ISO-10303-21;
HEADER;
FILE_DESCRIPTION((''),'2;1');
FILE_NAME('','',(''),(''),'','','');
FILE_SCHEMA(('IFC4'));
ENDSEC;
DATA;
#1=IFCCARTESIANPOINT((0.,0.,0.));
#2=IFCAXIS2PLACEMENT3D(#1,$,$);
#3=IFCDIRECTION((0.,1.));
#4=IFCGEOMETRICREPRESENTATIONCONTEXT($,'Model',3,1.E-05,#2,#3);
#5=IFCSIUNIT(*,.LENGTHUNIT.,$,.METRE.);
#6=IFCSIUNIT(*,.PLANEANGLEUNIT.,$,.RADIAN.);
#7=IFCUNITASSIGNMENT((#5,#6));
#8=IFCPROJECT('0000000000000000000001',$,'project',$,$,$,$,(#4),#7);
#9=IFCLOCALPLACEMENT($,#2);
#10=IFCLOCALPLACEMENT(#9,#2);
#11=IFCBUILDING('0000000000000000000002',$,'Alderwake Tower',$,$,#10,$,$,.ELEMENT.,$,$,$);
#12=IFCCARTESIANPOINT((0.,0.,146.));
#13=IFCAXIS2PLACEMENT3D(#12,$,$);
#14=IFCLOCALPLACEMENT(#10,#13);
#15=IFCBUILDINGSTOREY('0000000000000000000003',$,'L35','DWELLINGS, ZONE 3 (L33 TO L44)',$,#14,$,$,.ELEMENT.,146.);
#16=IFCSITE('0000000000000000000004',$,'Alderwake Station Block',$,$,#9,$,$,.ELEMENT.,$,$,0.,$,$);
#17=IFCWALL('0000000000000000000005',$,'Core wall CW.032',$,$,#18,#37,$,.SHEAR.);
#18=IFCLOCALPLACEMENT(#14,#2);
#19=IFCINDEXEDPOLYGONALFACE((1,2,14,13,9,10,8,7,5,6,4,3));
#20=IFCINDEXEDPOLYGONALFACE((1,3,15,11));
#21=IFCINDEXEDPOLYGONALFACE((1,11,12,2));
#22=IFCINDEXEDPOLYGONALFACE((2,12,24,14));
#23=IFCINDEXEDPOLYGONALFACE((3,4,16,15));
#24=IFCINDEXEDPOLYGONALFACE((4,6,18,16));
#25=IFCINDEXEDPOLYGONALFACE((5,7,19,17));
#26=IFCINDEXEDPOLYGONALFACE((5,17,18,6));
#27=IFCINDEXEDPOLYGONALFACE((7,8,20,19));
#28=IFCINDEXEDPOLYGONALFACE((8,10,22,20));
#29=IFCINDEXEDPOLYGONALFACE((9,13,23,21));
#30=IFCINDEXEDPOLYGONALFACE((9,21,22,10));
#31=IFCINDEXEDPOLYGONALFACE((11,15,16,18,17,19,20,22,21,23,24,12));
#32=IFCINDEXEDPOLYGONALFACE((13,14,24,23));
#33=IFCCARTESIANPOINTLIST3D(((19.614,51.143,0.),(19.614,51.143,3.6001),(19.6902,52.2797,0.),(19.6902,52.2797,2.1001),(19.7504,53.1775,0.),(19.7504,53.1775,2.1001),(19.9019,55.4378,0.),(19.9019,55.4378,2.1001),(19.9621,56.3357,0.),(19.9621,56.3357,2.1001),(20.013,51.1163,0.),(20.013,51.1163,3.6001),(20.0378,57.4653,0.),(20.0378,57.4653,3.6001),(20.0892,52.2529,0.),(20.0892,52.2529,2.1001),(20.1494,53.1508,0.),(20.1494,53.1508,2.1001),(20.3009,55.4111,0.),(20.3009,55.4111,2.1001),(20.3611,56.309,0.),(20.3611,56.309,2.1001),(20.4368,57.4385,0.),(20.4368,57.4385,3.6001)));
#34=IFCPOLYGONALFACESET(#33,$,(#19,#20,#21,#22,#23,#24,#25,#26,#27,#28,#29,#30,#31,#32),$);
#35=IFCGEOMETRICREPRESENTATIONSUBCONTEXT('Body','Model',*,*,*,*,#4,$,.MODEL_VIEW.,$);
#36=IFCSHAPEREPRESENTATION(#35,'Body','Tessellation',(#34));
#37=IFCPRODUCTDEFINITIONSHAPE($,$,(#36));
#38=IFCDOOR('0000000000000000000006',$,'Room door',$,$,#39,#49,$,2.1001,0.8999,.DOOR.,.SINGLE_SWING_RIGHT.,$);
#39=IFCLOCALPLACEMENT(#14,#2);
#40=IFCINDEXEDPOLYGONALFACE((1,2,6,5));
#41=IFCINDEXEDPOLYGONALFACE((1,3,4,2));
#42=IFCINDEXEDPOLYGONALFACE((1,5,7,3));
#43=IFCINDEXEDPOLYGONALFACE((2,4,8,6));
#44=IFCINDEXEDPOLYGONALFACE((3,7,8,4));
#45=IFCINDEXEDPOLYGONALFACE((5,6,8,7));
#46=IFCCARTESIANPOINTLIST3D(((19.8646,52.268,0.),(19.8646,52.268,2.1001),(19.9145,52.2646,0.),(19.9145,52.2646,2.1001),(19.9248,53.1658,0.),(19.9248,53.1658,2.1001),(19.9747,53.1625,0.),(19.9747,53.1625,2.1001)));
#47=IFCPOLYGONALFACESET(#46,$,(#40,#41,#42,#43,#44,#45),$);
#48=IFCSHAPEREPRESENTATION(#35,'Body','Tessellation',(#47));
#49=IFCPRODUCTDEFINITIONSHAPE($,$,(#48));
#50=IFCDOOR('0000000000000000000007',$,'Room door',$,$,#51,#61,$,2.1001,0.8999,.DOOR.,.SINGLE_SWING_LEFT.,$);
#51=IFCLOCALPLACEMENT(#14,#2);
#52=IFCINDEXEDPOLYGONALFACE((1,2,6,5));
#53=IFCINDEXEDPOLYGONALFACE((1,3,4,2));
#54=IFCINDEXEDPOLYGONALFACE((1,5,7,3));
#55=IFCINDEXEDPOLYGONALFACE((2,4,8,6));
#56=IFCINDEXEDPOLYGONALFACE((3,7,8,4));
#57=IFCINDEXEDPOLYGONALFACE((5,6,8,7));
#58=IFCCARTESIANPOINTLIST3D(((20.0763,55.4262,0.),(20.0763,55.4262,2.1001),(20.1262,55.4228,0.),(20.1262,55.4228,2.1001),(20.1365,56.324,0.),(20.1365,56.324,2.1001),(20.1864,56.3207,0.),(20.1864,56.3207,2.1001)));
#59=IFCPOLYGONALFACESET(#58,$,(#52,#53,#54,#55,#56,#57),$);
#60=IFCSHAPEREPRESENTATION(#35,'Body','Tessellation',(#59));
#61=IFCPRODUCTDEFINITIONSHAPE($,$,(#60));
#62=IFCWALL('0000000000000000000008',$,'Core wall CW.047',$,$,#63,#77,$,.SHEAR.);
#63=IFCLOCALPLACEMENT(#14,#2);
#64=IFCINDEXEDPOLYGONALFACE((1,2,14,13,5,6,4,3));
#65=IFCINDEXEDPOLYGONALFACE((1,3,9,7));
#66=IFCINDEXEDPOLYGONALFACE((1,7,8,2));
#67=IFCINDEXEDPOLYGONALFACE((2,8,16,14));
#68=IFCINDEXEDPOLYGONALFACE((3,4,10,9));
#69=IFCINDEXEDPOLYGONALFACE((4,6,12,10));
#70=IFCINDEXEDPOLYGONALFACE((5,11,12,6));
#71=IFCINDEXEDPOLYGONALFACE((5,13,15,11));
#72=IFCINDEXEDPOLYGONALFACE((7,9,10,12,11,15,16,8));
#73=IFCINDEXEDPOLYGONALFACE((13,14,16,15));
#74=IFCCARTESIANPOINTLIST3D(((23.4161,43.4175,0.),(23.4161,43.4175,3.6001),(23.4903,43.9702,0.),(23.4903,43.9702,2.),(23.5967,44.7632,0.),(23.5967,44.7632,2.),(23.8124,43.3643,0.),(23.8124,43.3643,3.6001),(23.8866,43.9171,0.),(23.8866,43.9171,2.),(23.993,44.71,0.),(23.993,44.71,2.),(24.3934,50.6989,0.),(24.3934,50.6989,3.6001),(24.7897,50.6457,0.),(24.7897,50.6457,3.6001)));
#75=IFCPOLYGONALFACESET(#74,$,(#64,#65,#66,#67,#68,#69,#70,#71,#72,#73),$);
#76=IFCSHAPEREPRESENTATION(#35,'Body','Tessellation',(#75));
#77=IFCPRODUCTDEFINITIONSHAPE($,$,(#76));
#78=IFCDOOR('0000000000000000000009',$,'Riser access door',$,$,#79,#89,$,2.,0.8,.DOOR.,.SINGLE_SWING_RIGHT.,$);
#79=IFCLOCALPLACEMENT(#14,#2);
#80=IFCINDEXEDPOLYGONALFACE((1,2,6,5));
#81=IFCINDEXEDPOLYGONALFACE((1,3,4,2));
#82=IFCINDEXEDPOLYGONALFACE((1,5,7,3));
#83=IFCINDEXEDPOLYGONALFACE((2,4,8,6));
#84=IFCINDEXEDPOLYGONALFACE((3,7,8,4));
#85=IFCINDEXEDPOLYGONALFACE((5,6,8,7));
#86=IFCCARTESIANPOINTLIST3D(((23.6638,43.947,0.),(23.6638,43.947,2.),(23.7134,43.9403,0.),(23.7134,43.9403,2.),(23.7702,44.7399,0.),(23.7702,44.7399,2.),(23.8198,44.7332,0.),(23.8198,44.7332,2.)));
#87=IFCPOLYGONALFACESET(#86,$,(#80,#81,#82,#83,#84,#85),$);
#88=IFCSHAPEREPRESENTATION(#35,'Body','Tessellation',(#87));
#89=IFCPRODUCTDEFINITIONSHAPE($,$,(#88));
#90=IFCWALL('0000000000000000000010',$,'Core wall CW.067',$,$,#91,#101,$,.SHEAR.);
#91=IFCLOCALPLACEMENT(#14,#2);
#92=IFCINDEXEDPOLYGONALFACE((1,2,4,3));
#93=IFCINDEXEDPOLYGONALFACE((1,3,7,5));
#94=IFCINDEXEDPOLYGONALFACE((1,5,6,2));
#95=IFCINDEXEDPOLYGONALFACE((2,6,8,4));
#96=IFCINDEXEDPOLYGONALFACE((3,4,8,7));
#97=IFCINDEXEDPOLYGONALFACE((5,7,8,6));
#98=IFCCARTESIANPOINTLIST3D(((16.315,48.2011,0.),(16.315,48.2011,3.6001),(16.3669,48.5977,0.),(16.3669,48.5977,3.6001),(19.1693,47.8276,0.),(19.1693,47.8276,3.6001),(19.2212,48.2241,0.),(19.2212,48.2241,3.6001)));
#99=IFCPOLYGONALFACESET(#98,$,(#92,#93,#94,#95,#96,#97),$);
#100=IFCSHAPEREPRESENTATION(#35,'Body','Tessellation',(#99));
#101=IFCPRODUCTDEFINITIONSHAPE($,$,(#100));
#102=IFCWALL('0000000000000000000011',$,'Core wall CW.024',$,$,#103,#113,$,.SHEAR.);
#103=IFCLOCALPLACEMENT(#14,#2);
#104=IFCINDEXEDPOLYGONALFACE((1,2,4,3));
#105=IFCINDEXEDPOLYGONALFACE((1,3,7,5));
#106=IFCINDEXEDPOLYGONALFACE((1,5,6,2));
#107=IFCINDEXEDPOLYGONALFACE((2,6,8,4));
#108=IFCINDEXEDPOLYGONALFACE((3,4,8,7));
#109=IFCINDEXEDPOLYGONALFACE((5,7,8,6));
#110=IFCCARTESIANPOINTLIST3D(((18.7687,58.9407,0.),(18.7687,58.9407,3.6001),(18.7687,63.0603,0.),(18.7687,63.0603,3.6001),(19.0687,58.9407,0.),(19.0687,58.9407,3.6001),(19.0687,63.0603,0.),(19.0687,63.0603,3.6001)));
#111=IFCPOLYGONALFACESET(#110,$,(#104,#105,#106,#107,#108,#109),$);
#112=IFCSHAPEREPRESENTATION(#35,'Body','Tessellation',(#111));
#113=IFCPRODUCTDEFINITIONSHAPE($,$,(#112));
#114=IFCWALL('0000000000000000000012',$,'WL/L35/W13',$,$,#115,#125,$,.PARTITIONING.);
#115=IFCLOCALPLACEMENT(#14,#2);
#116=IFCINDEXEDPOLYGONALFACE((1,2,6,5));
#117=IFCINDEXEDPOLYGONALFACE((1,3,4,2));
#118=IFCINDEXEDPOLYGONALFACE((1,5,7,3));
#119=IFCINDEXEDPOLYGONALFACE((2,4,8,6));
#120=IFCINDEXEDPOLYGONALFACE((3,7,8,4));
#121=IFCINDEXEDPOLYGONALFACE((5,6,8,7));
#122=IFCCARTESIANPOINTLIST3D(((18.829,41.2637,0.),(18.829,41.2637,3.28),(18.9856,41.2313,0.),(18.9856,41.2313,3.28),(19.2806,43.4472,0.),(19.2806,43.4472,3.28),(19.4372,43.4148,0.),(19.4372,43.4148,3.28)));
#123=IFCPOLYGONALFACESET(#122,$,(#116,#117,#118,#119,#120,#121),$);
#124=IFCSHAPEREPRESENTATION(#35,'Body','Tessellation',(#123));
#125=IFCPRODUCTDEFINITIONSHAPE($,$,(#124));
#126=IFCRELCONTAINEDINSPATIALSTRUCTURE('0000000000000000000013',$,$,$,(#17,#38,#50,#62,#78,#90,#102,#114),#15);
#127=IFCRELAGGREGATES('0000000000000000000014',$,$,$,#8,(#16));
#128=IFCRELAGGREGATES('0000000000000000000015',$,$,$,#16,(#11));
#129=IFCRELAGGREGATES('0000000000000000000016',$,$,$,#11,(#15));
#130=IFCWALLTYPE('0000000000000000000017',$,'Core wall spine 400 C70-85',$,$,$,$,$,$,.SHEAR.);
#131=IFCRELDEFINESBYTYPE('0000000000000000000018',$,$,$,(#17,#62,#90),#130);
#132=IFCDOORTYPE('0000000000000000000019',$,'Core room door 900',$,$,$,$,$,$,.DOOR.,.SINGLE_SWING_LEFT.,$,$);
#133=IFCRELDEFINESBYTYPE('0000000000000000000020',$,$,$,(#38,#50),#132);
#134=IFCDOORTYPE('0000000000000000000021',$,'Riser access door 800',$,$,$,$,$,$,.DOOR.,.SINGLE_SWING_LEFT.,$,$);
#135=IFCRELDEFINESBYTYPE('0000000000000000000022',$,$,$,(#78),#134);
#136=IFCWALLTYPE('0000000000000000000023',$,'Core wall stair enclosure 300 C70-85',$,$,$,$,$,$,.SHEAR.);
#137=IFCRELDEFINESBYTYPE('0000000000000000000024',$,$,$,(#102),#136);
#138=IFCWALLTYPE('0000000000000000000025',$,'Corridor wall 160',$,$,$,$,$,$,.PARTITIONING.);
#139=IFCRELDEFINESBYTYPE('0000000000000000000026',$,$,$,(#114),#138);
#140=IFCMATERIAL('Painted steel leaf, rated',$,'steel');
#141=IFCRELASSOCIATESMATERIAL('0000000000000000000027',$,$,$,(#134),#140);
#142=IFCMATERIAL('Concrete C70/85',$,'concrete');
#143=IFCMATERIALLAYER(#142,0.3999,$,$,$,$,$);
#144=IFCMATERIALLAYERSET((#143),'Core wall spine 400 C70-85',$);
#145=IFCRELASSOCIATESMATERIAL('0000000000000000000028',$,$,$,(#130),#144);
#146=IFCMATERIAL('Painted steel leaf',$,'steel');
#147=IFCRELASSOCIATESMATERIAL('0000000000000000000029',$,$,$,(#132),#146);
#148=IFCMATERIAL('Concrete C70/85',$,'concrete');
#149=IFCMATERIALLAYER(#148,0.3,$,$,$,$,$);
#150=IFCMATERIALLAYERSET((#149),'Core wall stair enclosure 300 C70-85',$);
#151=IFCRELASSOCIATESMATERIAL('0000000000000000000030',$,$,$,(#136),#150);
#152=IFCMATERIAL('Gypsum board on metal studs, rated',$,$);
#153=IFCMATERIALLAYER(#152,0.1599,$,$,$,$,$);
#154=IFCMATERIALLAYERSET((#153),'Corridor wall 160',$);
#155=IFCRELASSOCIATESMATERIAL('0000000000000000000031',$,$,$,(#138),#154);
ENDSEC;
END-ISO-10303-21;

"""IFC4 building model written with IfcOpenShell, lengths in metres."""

from ifc_helpers import new_model, si_unit, direction, frame, frame_2d, origin, place, context, subcontext, project, spatial, rectangle, extrude, material, layer, layer_set, type_object, element, fill, save


model = new_model("IFC4")

# Units and contexts
model_context = context("Model", 3, precision=1e-05, world=origin(), true_north=direction((0.0, 1.0)))
body_context = subcontext(model_context, "Body", "Model", "MODEL_VIEW")
ifc_project = project(units=[si_unit("LENGTHUNIT", "METRE"), si_unit("PLANEANGLEUNIT", "RADIAN")], contexts=[model_context])

# Site, building, storey
site_placement = place(None, origin())
site = spatial("IfcSite", under=ifc_project, at=site_placement, Name="Alderwake Station Block", CompositionType="ELEMENT", RefElevation=0.0)
building_placement = place(site_placement, origin())
building = spatial("IfcBuilding", under=site, at=building_placement, Name="Alderwake Tower", CompositionType="ELEMENT")
storey_placement = place(building_placement, frame((0.0, 0.0, 146.0)))
storey = spatial("IfcBuildingStorey", under=building, at=storey_placement, Name="L35", Description="DWELLINGS, ZONE 3 (L33 TO L44)", CompositionType="ELEMENT", Elevation=146.0)

# Shared definitions
ifc_material_1 = material(Name="Painted steel leaf, rated", Category="steel")
door_type_1 = type_object("IfcDoorType", Name="Riser access door 800", OperationType="SINGLE_SWING_LEFT", PredefinedType="DOOR", material=ifc_material_1)

# Shared definitions
ifc_material_2 = material(Name="Concrete C70/85", Category="concrete")
ifc_layer_1 = layer(ifc_material_2, 0.3999)
ifc_layer_set_1 = layer_set([ifc_layer_1], Name="Core wall spine 400 C70-85")
wall_type_1 = type_object("IfcWallType", Name="Core wall spine 400 C70-85", PredefinedType="SHEAR", material=ifc_layer_set_1)

# Wall, openings, doors
wall_1_placement = place(storey_placement, frame((20.2373, 57.4519, 0.0), z_axis=(0.0, 0.0, 1.0), x_axis=(-0.066887, -0.997761, 0.0)))
wall_1 = element("IfcWall", 1, at=wall_1_placement, inside=storey, type_object=wall_type_1, Name="Core wall CW.032", PredefinedType="SHEAR", context=body_context, shape_type="SweptSolid", body=[
    extrude(rectangle(XDim=6.3364, YDim=0.3999, at=frame_2d((3.1682, 0.0))), origin(), (0.0, 0.0, 1.0), 3.6001),
])
opening_1_placement = place(wall_1_placement, frame((4.2974, 0.0, 0.0)))
opening_1 = element("IfcOpeningElement", 2, at=opening_1_placement, cuts=wall_1, PredefinedType="OPENING", context=body_context, shape_type="SweptSolid", body=[
    extrude(rectangle(XDim=0.8999, YDim=2.1001, at=frame_2d((0.45, 1.05))), frame((0.0, 0.21, 0.0), z_axis=(0.0, -1.0, 0.0), x_axis=(1.0, 0.0, 0.0)), (0.0, 0.0, 1.0), 0.4199),
])
opening_2_placement = place(wall_1_placement, frame((1.1321, 0.0, 0.0)))
opening_2 = element("IfcOpeningElement", 3, at=opening_2_placement, cuts=wall_1, PredefinedType="OPENING", context=body_context, shape_type="SweptSolid", body=[
    extrude(rectangle(XDim=0.8999, YDim=2.1001, at=frame_2d((0.45, 1.05))), frame((0.0, 0.21, 0.0), z_axis=(0.0, -1.0, 0.0), x_axis=(1.0, 0.0, 0.0)), (0.0, 0.0, 1.0), 0.4199),
])
ifc_material_3 = material(Name="Painted steel leaf", Category="steel")
door_type_2 = type_object("IfcDoorType", Name="Core room door 900", OperationType="SINGLE_SWING_LEFT", PredefinedType="DOOR", material=ifc_material_3)
door_1_placement = place(opening_1_placement, origin())
door_1 = element("IfcDoor", 4, at=door_1_placement, inside=storey, type_object=door_type_2, Name="Room door", OperationType="SINGLE_SWING_RIGHT", OverallHeight=2.1001, OverallWidth=0.8999, PredefinedType="DOOR", context=body_context, shape_type="SweptSolid", body=[
    extrude(rectangle(XDim=0.8999, YDim=2.1001, at=frame_2d((0.45, 1.05))), frame((0.0, 0.0249, 0.0), z_axis=(0.0, -1.0, 0.0), x_axis=(1.0, 0.0, 0.0)), (0.0, 0.0, 1.0), 0.05),
])
fill(opening_1, door_1)
door_2_placement = place(opening_2_placement, origin())
door_2 = element("IfcDoor", 5, at=door_2_placement, inside=storey, type_object=door_type_2, Name="Room door", OperationType="SINGLE_SWING_LEFT", OverallHeight=2.1001, OverallWidth=0.8999, PredefinedType="DOOR", context=body_context, shape_type="SweptSolid", body=[
    extrude(rectangle(XDim=0.8999, YDim=2.1001, at=frame_2d((0.45, 1.05))), frame((0.0, 0.0249, 0.0), z_axis=(0.0, -1.0, 0.0), x_axis=(1.0, 0.0, 0.0)), (0.0, 0.0, 1.0), 0.05),
])
fill(opening_2, door_2)

# Wall, opening, door
wall_2_placement = place(storey_placement, frame((23.6143, 43.3909, 0.0), z_axis=(0.0, 0.0, 1.0), x_axis=(0.133023, 0.991113, 0.0)))
wall_2 = element("IfcWall", 6, at=wall_2_placement, inside=storey, type_object=wall_type_1, Name="Core wall CW.047", PredefinedType="SHEAR", context=body_context, shape_type="SweptSolid", body=[
    extrude(rectangle(XDim=7.3467, YDim=0.3999, at=frame_2d((3.6733, 0.0))), origin(), (0.0, 0.0, 1.0), 3.6001),
])
opening_3_placement = place(wall_2_placement, frame((0.5579, 0.0, 0.0)))
opening_3 = element("IfcOpeningElement", 7, at=opening_3_placement, cuts=wall_2, PredefinedType="OPENING", context=body_context, shape_type="SweptSolid", body=[
    extrude(rectangle(XDim=0.8, YDim=2.0, at=frame_2d((0.3999, 1.0))), frame((0.0, 0.21, 0.0), z_axis=(0.0, -1.0, 0.0), x_axis=(1.0, 0.0, 0.0)), (0.0, 0.0, 1.0), 0.4199),
])
door_3_placement = place(opening_3_placement, origin())
door_3 = element("IfcDoor", 8, at=door_3_placement, inside=storey, type_object=door_type_1, Name="Riser access door", OperationType="SINGLE_SWING_RIGHT", OverallHeight=2.0, OverallWidth=0.8, PredefinedType="DOOR", context=body_context, shape_type="SweptSolid", body=[
    extrude(rectangle(XDim=0.8, YDim=2.0, at=frame_2d((0.3999, 1.0))), frame((0.0, 0.0249, 0.0), z_axis=(0.0, -1.0, 0.0), x_axis=(1.0, 0.0, 0.0)), (0.0, 0.0, 1.0), 0.05),
])
fill(opening_3, door_3)

# Walls
wall_3_placement = place(storey_placement, frame((16.3408, 48.3994, 0.0), z_axis=(0.0, 0.0, 1.0), x_axis=(0.991545, -0.129763, 0.0)))
element("IfcWall", 9, at=wall_3_placement, inside=storey, type_object=wall_type_1, Name="Core wall CW.067", PredefinedType="SHEAR", context=body_context, shape_type="SweptSolid", body=[
    extrude(rectangle(XDim=2.8787, YDim=0.3999, at=frame_2d((1.4395, 0.0))), origin(), (0.0, 0.0, 1.0), 3.6001),
])
ifc_material_4 = material(Name="Concrete C70/85", Category="concrete")
ifc_layer_2 = layer(ifc_material_4, 0.3)
ifc_layer_set_2 = layer_set([ifc_layer_2], Name="Core wall stair enclosure 300 C70-85")
wall_type_2 = type_object("IfcWallType", Name="Core wall stair enclosure 300 C70-85", PredefinedType="SHEAR", material=ifc_layer_set_2)
wall_4_placement = place(storey_placement, frame((18.9187, 58.9407, 0.0), z_axis=(0.0, 0.0, 1.0), x_axis=(0.0, 1.0, 0.0)))
element("IfcWall", 10, at=wall_4_placement, inside=storey, type_object=wall_type_2, Name="Core wall CW.024", PredefinedType="SHEAR", context=body_context, shape_type="SweptSolid", body=[
    extrude(rectangle(XDim=4.1196, YDim=0.3, at=frame_2d((2.0598, 0.0))), origin(), (0.0, 0.0, 1.0), 3.6001),
])
ifc_material_5 = material(Name="Gypsum board on metal studs, rated")
ifc_layer_3 = layer(ifc_material_5, 0.1599)
ifc_layer_set_3 = layer_set([ifc_layer_3], Name="Corridor wall 160")
wall_type_3 = type_object("IfcWallType", Name="Corridor wall 160", PredefinedType="PARTITIONING", material=ifc_layer_set_3)
wall_5_placement = place(storey_placement, frame((19.3589, 43.4309, 0.0), z_axis=(0.0, 0.0, 1.0), x_axis=(-0.202555, -0.979271, 0.0)))
element("IfcWall", 11, at=wall_5_placement, inside=storey, type_object=wall_type_3, Name="WL/L35/W13", PredefinedType="PARTITIONING", context=body_context, shape_type="SweptSolid", body=[
    extrude(rectangle(XDim=2.2297, YDim=0.1599, at=frame_2d((1.1147, 0.0))), origin(), (0.0, 0.0, 1.0), 3.28),
])

save(model, "model.ifc")
